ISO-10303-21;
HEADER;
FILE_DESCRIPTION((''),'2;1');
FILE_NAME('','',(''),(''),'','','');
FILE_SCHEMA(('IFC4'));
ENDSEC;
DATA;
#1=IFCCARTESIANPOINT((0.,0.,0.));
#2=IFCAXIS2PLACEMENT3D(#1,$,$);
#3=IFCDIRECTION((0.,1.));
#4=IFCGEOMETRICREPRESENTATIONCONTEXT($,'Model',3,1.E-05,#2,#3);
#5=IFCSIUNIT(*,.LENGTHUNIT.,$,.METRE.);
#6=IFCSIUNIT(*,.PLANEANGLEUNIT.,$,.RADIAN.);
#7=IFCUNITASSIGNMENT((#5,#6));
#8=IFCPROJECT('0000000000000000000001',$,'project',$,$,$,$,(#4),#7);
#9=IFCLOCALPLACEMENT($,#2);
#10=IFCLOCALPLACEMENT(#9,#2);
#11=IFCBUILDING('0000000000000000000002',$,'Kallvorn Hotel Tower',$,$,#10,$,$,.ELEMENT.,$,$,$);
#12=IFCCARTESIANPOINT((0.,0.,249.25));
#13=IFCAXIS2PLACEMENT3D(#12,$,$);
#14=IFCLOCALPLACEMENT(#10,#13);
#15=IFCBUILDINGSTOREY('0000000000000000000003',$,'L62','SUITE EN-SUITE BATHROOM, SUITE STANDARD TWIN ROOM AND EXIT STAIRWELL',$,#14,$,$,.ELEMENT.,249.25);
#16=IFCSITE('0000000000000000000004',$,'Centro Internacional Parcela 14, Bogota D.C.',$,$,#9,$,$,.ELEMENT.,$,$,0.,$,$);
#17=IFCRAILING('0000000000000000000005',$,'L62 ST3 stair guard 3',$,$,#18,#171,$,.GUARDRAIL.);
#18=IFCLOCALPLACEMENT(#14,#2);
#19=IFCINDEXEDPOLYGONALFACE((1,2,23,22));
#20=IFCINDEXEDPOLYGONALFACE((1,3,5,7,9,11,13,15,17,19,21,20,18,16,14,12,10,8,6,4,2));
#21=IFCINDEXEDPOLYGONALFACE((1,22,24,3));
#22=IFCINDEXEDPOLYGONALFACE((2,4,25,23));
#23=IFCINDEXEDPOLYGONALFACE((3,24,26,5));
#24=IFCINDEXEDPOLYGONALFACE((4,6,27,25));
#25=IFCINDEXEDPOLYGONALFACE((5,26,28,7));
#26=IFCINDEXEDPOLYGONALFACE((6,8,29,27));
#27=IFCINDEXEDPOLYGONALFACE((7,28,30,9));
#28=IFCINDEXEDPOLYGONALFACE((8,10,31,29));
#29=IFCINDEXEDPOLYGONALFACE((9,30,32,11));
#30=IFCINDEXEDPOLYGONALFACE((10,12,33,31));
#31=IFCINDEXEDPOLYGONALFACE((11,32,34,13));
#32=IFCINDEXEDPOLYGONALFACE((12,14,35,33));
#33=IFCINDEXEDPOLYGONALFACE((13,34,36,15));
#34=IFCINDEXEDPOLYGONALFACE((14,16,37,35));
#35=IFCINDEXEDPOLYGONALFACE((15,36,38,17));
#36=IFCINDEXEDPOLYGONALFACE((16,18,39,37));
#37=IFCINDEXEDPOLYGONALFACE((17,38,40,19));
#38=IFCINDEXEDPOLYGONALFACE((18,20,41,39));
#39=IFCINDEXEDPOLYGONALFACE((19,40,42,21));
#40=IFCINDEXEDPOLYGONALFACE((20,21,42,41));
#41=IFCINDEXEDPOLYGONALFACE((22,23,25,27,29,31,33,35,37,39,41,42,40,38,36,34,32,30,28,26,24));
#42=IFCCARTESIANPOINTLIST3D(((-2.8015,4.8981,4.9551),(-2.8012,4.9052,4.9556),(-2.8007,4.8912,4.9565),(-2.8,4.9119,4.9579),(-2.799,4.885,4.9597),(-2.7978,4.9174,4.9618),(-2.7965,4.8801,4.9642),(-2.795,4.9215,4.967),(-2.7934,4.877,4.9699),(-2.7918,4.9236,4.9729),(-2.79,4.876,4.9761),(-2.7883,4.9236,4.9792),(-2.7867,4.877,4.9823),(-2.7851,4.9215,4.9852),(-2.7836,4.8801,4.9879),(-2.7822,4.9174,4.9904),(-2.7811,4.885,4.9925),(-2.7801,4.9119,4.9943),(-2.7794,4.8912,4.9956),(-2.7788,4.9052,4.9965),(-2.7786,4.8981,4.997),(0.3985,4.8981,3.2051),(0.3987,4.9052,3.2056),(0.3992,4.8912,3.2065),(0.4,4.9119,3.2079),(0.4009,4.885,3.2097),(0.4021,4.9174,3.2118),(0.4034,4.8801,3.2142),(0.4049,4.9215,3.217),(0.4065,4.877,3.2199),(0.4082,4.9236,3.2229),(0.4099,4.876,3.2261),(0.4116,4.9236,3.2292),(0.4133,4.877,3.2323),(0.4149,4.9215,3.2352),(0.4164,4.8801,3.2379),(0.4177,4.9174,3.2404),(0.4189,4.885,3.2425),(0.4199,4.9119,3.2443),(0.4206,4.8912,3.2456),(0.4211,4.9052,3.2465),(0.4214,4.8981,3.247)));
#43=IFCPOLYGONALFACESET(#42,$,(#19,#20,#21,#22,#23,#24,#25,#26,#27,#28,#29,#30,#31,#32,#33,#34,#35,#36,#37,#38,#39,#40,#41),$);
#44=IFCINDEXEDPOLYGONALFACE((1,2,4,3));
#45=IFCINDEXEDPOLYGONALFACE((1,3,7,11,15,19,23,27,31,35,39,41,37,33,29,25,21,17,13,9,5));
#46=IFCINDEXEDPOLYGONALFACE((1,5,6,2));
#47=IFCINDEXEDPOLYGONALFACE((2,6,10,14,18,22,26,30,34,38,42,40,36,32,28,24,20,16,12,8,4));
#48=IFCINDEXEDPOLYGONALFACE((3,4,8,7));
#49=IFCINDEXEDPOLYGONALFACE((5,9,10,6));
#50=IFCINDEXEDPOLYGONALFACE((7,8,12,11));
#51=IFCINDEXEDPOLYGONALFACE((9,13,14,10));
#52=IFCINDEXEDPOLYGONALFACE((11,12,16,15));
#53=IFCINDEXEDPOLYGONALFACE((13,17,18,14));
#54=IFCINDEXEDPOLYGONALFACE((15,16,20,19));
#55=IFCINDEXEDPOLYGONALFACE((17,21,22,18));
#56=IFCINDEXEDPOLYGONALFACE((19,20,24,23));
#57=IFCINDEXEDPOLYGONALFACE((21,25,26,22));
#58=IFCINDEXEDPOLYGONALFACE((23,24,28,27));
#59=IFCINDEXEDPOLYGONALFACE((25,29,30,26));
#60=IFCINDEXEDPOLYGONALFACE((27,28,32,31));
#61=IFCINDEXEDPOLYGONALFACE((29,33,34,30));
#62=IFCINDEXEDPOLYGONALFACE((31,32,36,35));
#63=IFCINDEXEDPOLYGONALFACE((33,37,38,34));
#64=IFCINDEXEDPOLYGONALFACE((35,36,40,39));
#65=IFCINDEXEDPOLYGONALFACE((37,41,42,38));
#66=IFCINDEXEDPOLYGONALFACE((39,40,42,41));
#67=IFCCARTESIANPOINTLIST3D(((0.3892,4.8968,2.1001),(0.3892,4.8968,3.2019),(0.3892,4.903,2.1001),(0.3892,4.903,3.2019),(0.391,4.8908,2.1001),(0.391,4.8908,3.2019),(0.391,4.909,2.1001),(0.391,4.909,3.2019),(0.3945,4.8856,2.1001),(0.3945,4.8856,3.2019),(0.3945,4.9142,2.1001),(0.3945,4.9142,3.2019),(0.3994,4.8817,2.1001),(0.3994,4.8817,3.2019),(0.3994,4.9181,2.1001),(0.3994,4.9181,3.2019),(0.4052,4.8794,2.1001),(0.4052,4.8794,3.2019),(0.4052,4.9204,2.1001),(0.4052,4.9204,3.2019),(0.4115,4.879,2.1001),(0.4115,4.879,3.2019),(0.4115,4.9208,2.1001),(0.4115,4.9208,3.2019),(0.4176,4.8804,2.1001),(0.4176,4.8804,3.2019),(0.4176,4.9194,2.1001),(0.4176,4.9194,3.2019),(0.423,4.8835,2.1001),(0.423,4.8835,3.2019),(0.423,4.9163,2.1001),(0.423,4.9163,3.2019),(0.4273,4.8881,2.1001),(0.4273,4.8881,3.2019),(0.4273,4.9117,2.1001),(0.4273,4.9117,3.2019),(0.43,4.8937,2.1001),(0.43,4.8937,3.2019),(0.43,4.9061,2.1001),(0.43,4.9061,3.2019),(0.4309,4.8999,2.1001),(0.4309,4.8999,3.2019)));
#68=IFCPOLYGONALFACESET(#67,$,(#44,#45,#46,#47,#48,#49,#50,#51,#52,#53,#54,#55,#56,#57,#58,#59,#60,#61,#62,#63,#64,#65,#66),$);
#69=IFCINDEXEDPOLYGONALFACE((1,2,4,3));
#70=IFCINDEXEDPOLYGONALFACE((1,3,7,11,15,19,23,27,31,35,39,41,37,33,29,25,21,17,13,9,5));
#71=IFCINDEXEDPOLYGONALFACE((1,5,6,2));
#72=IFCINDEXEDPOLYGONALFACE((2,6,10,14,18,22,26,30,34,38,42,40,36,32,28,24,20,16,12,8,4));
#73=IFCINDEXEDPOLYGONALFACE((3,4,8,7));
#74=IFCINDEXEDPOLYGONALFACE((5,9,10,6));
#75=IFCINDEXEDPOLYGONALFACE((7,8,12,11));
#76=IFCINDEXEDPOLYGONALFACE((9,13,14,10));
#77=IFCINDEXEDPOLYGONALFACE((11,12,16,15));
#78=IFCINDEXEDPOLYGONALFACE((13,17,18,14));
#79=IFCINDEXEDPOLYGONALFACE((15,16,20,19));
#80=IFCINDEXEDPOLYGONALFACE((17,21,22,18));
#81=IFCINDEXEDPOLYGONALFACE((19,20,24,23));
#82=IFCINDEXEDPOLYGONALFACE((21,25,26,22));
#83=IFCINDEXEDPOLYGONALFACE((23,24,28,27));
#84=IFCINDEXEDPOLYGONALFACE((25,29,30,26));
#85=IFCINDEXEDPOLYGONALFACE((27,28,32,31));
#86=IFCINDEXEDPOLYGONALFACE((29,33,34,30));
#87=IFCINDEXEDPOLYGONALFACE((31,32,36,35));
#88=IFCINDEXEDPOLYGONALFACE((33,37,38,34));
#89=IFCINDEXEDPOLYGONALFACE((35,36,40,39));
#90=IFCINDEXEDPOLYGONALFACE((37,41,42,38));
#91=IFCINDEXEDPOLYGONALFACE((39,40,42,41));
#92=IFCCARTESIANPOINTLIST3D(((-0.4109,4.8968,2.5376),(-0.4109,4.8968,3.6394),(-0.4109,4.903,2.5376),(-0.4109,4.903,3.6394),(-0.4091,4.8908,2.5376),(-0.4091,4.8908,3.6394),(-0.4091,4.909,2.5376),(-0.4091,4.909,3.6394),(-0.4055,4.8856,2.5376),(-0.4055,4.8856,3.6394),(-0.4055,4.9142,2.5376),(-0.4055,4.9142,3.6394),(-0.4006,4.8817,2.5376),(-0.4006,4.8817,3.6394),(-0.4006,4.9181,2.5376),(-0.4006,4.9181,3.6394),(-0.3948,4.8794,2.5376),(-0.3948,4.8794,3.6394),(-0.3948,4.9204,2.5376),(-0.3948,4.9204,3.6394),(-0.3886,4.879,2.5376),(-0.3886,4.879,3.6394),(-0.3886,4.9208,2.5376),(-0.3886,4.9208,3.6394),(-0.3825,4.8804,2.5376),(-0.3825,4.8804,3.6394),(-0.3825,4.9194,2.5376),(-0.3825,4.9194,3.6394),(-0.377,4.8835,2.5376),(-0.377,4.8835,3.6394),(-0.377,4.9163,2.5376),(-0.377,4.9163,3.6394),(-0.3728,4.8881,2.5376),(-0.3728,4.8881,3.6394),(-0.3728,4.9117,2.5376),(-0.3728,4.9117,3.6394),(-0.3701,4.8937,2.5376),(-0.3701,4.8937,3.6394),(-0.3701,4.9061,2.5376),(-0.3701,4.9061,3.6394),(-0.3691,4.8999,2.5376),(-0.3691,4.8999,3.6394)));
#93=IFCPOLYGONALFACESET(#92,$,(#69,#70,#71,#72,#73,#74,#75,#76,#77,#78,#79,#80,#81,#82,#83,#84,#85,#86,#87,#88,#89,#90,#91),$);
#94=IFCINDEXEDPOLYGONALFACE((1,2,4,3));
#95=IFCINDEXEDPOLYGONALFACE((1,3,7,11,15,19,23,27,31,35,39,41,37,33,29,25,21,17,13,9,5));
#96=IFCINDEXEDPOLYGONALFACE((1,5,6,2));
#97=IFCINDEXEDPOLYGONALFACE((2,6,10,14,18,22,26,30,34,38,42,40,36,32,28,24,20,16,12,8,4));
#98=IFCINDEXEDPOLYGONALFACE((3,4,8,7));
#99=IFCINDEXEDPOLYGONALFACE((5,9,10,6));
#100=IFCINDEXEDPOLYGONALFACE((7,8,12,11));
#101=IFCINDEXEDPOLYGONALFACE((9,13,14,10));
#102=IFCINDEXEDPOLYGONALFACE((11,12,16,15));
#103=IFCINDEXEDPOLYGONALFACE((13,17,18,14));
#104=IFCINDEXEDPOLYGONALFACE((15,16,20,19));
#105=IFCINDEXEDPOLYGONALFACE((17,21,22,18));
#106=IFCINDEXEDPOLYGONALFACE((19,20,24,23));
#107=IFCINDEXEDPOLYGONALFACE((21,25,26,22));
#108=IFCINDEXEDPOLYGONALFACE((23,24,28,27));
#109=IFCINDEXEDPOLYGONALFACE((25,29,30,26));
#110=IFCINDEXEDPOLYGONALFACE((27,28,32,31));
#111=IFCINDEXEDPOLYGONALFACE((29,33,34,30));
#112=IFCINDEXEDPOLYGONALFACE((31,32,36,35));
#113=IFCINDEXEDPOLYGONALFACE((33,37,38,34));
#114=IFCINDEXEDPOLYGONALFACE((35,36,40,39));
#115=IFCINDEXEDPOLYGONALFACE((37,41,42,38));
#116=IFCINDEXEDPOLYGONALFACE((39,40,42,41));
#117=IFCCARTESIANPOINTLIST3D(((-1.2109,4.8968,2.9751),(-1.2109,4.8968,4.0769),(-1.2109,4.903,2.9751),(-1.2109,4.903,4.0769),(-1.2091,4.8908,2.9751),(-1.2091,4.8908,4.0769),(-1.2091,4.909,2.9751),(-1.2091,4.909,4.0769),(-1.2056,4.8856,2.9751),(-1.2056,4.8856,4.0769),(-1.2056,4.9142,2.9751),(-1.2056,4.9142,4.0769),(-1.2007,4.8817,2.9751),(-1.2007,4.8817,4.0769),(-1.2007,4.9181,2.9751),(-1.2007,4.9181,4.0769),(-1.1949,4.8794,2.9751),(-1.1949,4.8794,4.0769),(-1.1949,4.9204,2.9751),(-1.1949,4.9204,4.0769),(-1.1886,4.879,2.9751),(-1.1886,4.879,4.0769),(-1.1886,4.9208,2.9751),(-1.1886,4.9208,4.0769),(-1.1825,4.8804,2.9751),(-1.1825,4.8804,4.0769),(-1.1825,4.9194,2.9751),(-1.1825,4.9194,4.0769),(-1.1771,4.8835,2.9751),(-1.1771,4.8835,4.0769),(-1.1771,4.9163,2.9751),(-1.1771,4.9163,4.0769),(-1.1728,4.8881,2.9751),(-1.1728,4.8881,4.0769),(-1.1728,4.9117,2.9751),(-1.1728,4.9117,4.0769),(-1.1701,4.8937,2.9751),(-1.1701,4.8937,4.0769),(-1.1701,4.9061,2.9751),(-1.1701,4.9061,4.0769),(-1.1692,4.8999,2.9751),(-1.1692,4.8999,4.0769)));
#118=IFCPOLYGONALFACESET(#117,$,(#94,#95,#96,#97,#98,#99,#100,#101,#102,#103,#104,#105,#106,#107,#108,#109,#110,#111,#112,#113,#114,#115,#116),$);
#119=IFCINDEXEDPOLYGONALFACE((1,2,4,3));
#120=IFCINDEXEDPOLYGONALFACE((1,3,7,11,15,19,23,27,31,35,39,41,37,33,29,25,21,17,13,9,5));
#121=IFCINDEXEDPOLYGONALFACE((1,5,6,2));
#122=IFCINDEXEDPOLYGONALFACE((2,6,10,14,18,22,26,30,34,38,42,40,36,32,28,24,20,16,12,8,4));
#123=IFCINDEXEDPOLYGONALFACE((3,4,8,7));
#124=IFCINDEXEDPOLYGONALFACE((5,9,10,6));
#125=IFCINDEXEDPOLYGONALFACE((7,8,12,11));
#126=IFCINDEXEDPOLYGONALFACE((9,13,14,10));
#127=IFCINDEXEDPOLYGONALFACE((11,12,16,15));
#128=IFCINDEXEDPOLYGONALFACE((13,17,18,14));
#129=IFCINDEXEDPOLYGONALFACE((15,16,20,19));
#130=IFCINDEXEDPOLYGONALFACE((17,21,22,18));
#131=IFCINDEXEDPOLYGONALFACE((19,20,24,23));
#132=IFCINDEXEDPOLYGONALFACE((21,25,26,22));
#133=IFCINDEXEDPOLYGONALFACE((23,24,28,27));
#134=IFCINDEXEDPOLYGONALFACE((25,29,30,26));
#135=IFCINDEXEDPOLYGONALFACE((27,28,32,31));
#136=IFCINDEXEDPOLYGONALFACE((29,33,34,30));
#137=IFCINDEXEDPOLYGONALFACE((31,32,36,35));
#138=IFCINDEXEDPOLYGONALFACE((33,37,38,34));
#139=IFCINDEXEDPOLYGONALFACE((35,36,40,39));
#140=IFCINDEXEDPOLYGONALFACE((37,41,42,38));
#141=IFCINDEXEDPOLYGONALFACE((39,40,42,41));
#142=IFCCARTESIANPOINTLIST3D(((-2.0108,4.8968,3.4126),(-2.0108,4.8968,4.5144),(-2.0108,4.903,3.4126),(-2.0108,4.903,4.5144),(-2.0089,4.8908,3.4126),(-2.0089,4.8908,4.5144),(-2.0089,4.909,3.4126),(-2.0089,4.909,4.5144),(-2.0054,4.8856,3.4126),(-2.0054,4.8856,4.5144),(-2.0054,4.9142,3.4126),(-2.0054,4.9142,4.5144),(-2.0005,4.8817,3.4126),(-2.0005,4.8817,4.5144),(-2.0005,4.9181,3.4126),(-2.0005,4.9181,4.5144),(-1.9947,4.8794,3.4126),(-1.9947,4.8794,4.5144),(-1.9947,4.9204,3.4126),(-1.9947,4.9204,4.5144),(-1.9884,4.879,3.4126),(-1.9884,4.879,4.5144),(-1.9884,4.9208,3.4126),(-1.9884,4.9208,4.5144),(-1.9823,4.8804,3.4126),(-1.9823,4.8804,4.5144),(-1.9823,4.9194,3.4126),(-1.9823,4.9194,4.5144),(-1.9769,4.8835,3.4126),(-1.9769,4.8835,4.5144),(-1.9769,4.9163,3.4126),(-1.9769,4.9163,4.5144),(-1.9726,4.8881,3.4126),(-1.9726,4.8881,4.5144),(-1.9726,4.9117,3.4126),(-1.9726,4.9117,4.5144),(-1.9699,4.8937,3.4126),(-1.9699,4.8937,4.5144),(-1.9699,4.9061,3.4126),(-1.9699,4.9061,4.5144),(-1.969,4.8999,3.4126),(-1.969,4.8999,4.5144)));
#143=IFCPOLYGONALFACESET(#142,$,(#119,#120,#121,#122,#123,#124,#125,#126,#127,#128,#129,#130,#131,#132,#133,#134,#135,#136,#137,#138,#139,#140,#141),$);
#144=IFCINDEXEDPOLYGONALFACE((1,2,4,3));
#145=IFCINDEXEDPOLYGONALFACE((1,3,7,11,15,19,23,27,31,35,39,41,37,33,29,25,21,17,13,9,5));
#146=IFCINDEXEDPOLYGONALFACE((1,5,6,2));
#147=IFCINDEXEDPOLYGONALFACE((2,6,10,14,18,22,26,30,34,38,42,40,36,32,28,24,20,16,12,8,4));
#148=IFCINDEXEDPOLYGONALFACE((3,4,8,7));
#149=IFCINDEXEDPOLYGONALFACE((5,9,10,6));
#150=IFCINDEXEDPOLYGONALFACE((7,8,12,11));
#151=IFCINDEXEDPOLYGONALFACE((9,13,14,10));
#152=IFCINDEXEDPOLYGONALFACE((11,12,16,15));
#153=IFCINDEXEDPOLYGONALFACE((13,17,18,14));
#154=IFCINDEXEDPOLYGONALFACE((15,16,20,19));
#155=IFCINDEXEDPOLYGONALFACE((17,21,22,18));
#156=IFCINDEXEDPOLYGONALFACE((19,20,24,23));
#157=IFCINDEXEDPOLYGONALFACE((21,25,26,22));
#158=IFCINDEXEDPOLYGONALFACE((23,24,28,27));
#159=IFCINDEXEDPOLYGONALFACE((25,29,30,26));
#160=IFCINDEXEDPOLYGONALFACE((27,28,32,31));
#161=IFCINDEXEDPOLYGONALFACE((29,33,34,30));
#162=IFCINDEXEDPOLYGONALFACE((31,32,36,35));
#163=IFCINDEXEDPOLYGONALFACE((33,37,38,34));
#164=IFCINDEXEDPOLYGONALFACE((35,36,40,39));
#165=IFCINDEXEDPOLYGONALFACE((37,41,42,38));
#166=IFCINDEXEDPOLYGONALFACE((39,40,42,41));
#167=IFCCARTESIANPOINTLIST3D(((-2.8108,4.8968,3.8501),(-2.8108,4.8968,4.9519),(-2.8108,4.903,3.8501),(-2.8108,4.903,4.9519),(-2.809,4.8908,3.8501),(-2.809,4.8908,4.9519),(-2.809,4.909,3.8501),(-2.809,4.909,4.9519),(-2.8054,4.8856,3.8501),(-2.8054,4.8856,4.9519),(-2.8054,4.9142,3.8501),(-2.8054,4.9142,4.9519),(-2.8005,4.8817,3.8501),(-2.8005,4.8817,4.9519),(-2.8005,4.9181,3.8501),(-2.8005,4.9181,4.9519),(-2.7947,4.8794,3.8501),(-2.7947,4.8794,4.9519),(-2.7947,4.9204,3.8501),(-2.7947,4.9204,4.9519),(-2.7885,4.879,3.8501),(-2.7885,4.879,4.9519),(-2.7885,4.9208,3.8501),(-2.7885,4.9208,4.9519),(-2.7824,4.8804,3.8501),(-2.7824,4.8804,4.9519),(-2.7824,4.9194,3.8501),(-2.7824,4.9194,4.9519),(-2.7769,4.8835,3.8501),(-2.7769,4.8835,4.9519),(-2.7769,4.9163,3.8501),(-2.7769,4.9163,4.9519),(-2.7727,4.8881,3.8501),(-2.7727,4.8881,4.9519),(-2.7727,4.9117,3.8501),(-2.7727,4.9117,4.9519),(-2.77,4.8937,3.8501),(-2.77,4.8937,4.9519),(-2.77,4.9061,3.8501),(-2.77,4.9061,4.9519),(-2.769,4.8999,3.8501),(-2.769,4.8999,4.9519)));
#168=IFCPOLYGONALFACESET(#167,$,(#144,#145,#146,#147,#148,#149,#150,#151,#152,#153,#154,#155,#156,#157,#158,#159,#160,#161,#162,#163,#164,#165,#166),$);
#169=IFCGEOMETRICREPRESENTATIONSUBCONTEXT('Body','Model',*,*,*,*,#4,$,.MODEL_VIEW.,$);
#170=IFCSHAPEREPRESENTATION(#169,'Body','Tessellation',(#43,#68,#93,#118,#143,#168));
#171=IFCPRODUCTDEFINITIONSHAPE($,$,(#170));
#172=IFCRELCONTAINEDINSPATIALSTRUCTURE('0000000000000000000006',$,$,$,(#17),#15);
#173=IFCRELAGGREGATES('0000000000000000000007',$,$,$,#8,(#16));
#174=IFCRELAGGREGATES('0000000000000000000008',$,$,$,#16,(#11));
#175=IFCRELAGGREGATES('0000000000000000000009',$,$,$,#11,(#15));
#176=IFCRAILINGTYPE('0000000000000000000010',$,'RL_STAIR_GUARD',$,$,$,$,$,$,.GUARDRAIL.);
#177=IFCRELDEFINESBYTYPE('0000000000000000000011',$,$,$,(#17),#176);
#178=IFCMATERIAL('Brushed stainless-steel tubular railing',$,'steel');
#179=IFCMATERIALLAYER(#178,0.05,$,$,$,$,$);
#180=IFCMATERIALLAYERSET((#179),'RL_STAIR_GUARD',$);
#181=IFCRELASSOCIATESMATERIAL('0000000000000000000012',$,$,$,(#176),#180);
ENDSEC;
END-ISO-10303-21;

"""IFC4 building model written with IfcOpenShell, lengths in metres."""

from ifc_helpers import new_model, si_unit, direction, frame, origin, origin_2d, place, context, subcontext, project, spatial, circle, extrude, material, layer, layer_set, type_object, element, save


model = new_model("IFC4")

# Units and contexts
model_context = context("Model", 3, precision=1e-05, world=origin(), true_north=direction((0.0, 1.0)))
body_context = subcontext(model_context, "Body", "Model", "MODEL_VIEW")
ifc_project = project(units=[si_unit("LENGTHUNIT", "METRE"), si_unit("PLANEANGLEUNIT", "RADIAN")], contexts=[model_context])

# Site, building, storey
site_placement = place(None, origin())
site = spatial("IfcSite", under=ifc_project, at=site_placement, Name="Centro Internacional Parcela 14, Bogota D.C.", CompositionType="ELEMENT", RefElevation=0.0)
building_placement = place(site_placement, origin())
building = spatial("IfcBuilding", under=site, at=building_placement, Name="Kallvorn Hotel Tower", CompositionType="ELEMENT")
storey_placement = place(building_placement, frame((0.0, 0.0, 249.25)))
storey = spatial("IfcBuildingStorey", under=building, at=storey_placement, Name="L62", Description="SUITE EN-SUITE BATHROOM, SUITE STANDARD TWIN ROOM AND EXIT STAIRWELL", CompositionType="ELEMENT", Elevation=249.25)

# Railing
ifc_material_1 = material(Name="Brushed stainless-steel tubular railing", Category="steel")
ifc_layer_1 = layer(ifc_material_1, 0.05)
ifc_layer_set_1 = layer_set([ifc_layer_1], Name="RL_STAIR_GUARD")
railing_type_1 = type_object("IfcRailingType", Name="RL_STAIR_GUARD", PredefinedType="GUARDRAIL", material=ifc_layer_set_1)
railing_1_placement = place(storey_placement, frame((0.4099, 4.8999, 2.1001)))
element("IfcRailing", 1, at=railing_1_placement, inside=storey, type_object=railing_type_1, Name="L62 ST3 stair guard 3", PredefinedType="GUARDRAIL", context=body_context, shape_type="SweptSolid", body=[
    extrude(circle(Radius=0.0239, at=origin_2d()), frame((0.0, 0.0, 1.126), z_axis=(-0.877368, 0.0, 0.479818), x_axis=(0.0, -1.0, 0.0)), (0.0, 0.0, 1.0), 3.6472),
    extrude(circle(Radius=0.021, at=origin_2d()), origin(), (0.0, 0.0, 1.0), 1.1018),
    extrude(circle(Radius=0.021, at=origin_2d()), frame((-0.8, 0.0, 0.4375)), (0.0, 0.0, 1.0), 1.1018),
    extrude(circle(Radius=0.021, at=origin_2d()), frame((-1.6001, 0.0, 0.875)), (0.0, 0.0, 1.0), 1.1018),
    extrude(circle(Radius=0.021, at=origin_2d()), frame((-2.3999, 0.0, 1.3125)), (0.0, 0.0, 1.0), 1.1018),
    extrude(circle(Radius=0.021, at=origin_2d()), frame((-3.2, 0.0, 1.75)), (0.0, 0.0, 1.0), 1.1018),
])

save(model, "model.ifc")
